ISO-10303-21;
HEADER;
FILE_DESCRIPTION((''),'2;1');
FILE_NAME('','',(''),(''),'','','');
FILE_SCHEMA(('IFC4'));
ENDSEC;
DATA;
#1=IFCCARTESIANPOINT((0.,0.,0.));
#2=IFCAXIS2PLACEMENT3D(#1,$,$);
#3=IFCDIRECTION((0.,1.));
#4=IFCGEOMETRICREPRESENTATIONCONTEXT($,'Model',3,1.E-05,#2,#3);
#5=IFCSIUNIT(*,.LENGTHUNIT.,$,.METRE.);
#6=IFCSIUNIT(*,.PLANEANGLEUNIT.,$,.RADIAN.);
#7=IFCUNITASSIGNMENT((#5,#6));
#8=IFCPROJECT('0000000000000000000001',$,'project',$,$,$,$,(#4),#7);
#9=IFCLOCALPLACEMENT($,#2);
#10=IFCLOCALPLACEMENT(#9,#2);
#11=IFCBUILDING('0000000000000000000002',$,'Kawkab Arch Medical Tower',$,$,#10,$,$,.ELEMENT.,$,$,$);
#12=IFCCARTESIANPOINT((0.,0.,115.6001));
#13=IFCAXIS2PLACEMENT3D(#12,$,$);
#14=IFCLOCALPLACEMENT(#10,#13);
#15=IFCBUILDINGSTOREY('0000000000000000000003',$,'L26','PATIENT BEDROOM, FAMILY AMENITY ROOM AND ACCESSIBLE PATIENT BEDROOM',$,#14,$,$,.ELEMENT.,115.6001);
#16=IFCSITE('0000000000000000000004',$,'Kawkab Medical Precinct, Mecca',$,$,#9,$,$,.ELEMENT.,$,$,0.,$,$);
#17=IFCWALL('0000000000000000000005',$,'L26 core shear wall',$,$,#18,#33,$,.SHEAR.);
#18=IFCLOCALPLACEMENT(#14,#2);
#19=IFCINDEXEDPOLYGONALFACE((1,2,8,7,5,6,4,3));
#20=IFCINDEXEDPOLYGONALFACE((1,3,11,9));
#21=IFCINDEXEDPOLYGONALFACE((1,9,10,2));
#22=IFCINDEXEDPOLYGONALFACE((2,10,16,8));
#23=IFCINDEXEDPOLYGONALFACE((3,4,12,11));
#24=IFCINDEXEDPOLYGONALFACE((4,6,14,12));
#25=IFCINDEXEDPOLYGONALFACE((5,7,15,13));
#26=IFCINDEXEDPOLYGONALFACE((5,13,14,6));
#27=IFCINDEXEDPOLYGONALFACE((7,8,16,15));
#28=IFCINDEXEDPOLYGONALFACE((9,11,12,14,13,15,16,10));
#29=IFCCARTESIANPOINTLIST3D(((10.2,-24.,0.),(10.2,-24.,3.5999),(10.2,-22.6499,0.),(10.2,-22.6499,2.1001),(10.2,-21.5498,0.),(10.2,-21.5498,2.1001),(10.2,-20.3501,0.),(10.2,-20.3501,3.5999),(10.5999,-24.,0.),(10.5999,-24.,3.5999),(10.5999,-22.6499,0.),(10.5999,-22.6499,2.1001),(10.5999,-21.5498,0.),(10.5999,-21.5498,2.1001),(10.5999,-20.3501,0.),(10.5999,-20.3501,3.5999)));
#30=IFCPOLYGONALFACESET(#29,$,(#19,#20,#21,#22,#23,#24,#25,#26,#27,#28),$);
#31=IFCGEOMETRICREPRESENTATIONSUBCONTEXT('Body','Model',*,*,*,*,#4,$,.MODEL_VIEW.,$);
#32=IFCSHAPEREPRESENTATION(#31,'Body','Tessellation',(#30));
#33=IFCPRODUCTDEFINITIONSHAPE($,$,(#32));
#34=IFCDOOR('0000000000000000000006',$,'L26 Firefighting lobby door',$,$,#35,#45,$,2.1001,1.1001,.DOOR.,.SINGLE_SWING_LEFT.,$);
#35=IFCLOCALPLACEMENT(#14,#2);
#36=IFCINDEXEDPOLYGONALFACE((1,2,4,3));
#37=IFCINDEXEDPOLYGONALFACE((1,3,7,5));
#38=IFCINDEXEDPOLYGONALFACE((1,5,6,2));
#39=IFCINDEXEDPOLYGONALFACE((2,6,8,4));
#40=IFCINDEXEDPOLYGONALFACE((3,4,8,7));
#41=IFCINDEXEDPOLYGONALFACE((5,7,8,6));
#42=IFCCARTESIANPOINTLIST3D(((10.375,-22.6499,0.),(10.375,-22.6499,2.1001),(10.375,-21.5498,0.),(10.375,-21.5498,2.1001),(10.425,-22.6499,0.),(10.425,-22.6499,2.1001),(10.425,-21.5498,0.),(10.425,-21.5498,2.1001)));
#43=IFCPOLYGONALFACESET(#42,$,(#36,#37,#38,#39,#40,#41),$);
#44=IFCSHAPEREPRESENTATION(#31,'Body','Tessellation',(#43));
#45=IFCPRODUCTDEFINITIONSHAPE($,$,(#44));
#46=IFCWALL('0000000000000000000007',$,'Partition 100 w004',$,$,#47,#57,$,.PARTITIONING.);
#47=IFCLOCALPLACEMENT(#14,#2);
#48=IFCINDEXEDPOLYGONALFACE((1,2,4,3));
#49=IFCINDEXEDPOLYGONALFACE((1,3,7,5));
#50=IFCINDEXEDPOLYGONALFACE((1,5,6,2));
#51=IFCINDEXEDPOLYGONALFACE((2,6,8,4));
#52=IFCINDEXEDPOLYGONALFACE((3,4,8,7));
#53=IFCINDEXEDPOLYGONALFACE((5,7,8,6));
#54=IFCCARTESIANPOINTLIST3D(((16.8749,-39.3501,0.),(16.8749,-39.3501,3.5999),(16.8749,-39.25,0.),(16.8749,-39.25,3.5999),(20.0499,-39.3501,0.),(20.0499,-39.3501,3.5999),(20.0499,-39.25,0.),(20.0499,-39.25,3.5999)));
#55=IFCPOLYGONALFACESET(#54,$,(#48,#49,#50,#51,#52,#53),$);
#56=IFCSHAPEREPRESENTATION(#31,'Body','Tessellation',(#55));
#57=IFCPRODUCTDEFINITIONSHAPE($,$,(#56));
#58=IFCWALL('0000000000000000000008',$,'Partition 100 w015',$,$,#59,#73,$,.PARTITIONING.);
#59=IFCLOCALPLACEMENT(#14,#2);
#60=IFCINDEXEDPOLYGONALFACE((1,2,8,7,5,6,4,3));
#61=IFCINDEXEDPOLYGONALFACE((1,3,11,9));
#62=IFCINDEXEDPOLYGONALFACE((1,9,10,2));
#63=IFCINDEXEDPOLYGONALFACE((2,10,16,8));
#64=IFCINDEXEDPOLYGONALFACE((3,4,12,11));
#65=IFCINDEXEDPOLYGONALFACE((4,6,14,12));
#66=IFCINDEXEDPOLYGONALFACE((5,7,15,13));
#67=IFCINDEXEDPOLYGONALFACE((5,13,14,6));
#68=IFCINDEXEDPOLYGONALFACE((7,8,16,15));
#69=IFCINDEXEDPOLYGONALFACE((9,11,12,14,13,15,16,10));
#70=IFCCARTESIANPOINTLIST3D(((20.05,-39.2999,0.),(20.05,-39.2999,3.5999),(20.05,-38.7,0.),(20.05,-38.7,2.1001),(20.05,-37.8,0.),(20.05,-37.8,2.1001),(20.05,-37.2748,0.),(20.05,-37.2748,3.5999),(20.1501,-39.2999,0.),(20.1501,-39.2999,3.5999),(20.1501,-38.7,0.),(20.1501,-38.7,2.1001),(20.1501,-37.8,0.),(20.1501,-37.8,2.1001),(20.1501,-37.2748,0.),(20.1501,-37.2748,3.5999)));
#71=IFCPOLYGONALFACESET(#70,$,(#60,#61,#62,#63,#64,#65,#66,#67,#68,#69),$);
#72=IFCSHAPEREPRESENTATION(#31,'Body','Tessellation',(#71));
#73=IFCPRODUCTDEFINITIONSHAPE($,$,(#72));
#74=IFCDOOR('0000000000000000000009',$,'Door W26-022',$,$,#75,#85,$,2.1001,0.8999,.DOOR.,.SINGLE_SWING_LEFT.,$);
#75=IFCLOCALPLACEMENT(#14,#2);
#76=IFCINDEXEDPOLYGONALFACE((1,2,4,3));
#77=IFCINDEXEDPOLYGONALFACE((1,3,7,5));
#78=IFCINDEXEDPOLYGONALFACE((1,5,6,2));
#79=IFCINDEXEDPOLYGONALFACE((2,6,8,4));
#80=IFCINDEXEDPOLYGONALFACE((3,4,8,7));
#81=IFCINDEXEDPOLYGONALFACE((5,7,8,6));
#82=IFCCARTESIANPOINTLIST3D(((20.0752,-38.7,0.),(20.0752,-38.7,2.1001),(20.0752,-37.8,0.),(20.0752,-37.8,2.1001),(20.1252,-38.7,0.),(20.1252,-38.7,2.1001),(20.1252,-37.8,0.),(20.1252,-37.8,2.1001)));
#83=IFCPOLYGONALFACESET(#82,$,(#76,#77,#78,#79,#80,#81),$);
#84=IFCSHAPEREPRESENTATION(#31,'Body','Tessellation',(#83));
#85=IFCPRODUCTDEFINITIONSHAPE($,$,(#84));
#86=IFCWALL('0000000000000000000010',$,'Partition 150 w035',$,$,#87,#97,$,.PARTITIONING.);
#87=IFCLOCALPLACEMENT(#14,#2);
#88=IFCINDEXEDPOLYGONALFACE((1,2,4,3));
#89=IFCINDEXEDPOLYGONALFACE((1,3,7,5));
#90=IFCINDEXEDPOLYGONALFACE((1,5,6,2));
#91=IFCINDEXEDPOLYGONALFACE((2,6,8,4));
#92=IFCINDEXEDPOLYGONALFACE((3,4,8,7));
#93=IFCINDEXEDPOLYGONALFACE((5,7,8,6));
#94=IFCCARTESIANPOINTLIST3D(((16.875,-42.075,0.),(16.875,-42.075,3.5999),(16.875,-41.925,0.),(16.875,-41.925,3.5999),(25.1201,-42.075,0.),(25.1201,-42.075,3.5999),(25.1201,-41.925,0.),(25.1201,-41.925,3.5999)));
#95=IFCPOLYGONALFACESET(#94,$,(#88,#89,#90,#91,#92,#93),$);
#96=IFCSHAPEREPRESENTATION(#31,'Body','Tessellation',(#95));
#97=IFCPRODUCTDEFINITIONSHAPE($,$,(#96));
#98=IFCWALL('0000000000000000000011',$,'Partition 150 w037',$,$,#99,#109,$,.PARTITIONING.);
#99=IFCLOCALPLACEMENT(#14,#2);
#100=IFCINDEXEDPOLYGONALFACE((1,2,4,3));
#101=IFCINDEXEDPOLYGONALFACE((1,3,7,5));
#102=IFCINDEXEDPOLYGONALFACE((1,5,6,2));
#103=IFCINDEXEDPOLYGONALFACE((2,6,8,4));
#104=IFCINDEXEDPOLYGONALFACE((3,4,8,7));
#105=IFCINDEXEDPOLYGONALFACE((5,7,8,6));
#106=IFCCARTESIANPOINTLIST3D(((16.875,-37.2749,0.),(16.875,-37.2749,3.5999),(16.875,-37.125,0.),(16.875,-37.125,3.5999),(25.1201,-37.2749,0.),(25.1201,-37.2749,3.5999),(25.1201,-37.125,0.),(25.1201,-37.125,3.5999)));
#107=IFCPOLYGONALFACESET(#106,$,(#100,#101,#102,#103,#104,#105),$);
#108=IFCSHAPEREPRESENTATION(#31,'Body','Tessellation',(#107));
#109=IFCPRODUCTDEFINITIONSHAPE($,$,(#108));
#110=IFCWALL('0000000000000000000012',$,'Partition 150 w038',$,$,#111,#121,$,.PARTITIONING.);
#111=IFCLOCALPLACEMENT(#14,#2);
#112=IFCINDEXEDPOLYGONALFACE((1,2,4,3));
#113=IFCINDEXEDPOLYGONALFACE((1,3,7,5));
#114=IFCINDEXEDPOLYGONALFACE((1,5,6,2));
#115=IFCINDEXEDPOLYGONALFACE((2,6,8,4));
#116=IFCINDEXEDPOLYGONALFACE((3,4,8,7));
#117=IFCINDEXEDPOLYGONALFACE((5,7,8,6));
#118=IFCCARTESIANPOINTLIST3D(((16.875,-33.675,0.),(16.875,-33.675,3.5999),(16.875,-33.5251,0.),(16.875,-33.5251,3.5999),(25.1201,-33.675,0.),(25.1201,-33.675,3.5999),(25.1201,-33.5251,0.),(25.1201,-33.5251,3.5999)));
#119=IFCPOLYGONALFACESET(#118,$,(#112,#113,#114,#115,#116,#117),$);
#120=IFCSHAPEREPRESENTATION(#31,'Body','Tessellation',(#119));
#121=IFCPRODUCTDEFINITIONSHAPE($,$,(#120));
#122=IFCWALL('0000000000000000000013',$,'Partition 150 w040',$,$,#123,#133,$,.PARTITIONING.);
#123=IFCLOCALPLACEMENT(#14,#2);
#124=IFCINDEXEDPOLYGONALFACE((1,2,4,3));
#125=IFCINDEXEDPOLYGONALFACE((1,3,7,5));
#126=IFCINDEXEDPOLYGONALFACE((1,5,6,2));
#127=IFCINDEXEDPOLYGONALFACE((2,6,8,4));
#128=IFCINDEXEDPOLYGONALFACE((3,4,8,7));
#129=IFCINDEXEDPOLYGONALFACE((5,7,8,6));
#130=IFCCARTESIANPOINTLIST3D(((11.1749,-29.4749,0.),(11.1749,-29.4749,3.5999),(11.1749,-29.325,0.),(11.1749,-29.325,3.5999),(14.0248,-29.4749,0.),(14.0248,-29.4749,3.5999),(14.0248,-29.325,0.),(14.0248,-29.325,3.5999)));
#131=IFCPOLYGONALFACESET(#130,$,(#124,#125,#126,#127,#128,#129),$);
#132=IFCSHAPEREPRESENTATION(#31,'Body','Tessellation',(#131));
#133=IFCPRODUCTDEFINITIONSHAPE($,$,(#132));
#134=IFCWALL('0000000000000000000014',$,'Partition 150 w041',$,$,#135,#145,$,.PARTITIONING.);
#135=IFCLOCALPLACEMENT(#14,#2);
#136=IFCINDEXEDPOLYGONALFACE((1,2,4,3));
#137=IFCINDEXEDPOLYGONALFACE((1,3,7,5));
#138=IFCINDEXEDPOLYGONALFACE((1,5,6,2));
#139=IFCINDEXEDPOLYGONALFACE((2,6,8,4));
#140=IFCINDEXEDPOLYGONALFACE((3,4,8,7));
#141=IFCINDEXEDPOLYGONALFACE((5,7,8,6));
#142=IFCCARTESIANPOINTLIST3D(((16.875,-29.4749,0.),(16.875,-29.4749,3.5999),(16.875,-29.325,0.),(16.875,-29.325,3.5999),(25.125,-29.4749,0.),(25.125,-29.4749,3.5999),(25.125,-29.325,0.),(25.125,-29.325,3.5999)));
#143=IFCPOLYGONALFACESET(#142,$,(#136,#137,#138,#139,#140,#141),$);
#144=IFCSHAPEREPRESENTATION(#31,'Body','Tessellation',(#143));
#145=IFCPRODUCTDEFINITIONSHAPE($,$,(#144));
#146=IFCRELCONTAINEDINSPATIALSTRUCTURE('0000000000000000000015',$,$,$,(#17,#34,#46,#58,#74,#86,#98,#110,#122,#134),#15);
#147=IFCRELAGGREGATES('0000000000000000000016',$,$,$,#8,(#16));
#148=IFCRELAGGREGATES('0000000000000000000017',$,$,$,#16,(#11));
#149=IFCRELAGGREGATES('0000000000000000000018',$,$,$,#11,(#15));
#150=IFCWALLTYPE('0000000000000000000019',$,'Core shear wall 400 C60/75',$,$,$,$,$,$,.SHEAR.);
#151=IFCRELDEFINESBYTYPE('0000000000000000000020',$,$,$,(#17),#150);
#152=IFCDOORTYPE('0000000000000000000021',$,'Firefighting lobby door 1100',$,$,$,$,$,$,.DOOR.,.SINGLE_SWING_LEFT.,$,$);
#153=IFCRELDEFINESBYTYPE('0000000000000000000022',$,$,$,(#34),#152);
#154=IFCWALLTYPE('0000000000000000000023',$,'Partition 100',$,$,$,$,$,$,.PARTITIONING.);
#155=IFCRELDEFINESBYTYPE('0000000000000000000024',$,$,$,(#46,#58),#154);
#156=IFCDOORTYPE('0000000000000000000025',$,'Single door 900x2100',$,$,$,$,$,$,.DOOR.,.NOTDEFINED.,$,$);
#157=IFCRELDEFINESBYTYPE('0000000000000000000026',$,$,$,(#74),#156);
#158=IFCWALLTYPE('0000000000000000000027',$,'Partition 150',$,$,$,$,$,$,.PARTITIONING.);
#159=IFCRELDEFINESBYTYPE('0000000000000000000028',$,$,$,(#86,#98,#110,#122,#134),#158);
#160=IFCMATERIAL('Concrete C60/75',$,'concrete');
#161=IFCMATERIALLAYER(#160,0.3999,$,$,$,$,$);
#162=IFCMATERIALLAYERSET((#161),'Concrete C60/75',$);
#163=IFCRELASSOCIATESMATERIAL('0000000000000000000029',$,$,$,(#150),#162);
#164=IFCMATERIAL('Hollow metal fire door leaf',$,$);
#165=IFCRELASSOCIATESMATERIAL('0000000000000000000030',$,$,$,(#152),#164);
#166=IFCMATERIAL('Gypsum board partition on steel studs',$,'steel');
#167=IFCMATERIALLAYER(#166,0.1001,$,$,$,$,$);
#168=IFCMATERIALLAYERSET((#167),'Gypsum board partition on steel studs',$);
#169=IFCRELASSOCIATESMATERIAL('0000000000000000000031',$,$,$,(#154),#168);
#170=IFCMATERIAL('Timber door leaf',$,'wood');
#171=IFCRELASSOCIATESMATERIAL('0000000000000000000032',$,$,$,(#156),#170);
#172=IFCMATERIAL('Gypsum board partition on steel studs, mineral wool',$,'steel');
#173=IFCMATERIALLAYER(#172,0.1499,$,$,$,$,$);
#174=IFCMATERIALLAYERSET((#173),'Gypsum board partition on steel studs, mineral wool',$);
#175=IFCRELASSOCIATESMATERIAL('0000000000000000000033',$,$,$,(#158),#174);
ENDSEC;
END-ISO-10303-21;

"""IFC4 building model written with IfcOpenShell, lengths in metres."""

from ifc_helpers import new_model, si_unit, direction, frame, frame_2d, origin, place, context, subcontext, project, spatial, rectangle, extrude, material, layer, layer_set, type_object, element, fill, save


model = new_model("IFC4")

# Units and contexts
model_context = context("Model", 3, precision=1e-05, world=origin(), true_north=direction((0.0, 1.0)))
body_context = subcontext(model_context, "Body", "Model", "MODEL_VIEW")
ifc_project = project(units=[si_unit("LENGTHUNIT", "METRE"), si_unit("PLANEANGLEUNIT", "RADIAN")], contexts=[model_context])

# Site, building, storey
site_placement = place(None, origin())
site = spatial("IfcSite", under=ifc_project, at=site_placement, Name="Kawkab Medical Precinct, Mecca", CompositionType="ELEMENT", RefElevation=0.0)
building_placement = place(site_placement, origin())
building = spatial("IfcBuilding", under=site, at=building_placement, Name="Kawkab Arch Medical Tower", CompositionType="ELEMENT")
storey_placement = place(building_placement, frame((0.0, 0.0, 115.6001)))
storey = spatial("IfcBuildingStorey", under=building, at=storey_placement, Name="L26", Description="PATIENT BEDROOM, FAMILY AMENITY ROOM AND ACCESSIBLE PATIENT BEDROOM", CompositionType="ELEMENT", Elevation=115.6001)

# Wall, opening, door
ifc_material_1 = material(Name="Concrete C60/75", Category="concrete")
ifc_layer_1 = layer(ifc_material_1, 0.3999)
ifc_layer_set_1 = layer_set([ifc_layer_1], Name="Concrete C60/75")
wall_type_1 = type_object("IfcWallType", Name="Core shear wall 400 C60/75", PredefinedType="SHEAR", material=ifc_layer_set_1)
wall_1_placement = place(storey_placement, frame((10.3999, -24.0, 0.0), z_axis=(0.0, 0.0, 1.0), x_axis=(0.0, 1.0, 0.0)))
wall_1 = element("IfcWall", 1, at=wall_1_placement, inside=storey, type_object=wall_type_1, Name="L26 core shear wall", PredefinedType="SHEAR", context=body_context, shape_type="SweptSolid", body=[
    extrude(rectangle(XDim=3.6499, YDim=0.3999, at=frame_2d((1.825, 0.0))), origin(), (0.0, 0.0, 1.0), 3.5999),
])
opening_1_placement = place(wall_1_placement, frame((1.3501, 0.0, 0.0)))
opening_1 = element("IfcOpeningElement", 2, at=opening_1_placement, cuts=wall_1, PredefinedType="OPENING", context=body_context, shape_type="SweptSolid", body=[
    extrude(rectangle(XDim=1.1001, YDim=2.1001, at=frame_2d((0.55, 1.05))), frame((0.0, 0.21, 0.0), z_axis=(0.0, -1.0, 0.0), x_axis=(1.0, 0.0, 0.0)), (0.0, 0.0, 1.0), 0.4199),
])
ifc_material_2 = material(Name="Hollow metal fire door leaf")
door_type_1 = type_object("IfcDoorType", Name="Firefighting lobby door 1100", OperationType="SINGLE_SWING_LEFT", PredefinedType="DOOR", material=ifc_material_2)
door_1_placement = place(opening_1_placement, origin())
door_1 = element("IfcDoor", 3, at=door_1_placement, inside=storey, type_object=door_type_1, Name="L26 Firefighting lobby door", OperationType="SINGLE_SWING_LEFT", OverallHeight=2.1001, OverallWidth=1.1001, PredefinedType="DOOR", context=body_context, shape_type="SweptSolid", body=[
    extrude(rectangle(XDim=1.1001, YDim=2.1001, at=frame_2d((0.55, 1.05))), frame((0.0, 0.0249, 0.0), z_axis=(0.0, -1.0, 0.0), x_axis=(1.0, 0.0, 0.0)), (0.0, 0.0, 1.0), 0.05),
])
fill(opening_1, door_1)

# Wall
ifc_material_3 = material(Name="Gypsum board partition on steel studs", Category="steel")
ifc_layer_2 = layer(ifc_material_3, 0.1001)
ifc_layer_set_2 = layer_set([ifc_layer_2], Name="Gypsum board partition on steel studs")
wall_type_2 = type_object("IfcWallType", Name="Partition 100", PredefinedType="PARTITIONING", material=ifc_layer_set_2)
wall_2_placement = place(storey_placement, frame((16.875, -39.3, 0.0), z_axis=(0.0, 0.0, 1.0), x_axis=(1.0, 0.0, 0.0)))
element("IfcWall", 4, at=wall_2_placement, inside=storey, type_object=wall_type_2, Name="Partition 100 w004", PredefinedType="PARTITIONING", context=body_context, shape_type="SweptSolid", body=[
    extrude(rectangle(XDim=3.175, YDim=0.1001, at=frame_2d((1.5874, 0.0))), origin(), (0.0, 0.0, 1.0), 3.5999),
])

# Wall, opening, door
wall_3_placement = place(storey_placement, frame((20.1001, -39.3, 0.0), z_axis=(0.0, 0.0, 1.0), x_axis=(0.0, 1.0, 0.0)))
wall_3 = element("IfcWall", 5, at=wall_3_placement, inside=storey, type_object=wall_type_2, Name="Partition 100 w015", PredefinedType="PARTITIONING", context=body_context, shape_type="SweptSolid", body=[
    extrude(rectangle(XDim=2.0251, YDim=0.1001, at=frame_2d((1.0127, 0.0))), origin(), (0.0, 0.0, 1.0), 3.5999),
])
opening_2_placement = place(wall_3_placement, frame((0.6001, 0.0, 0.0)))
opening_2 = element("IfcOpeningElement", 6, at=opening_2_placement, cuts=wall_3, PredefinedType="OPENING", context=body_context, shape_type="SweptSolid", body=[
    extrude(rectangle(XDim=0.8999, YDim=2.1001, at=frame_2d((0.45, 1.05))), frame((0.0, 0.0601, 0.0), z_axis=(0.0, -1.0, 0.0), x_axis=(1.0, 0.0, 0.0)), (0.0, 0.0, 1.0), 0.1201),
])
ifc_material_4 = material(Name="Timber door leaf", Category="wood")
door_type_2 = type_object("IfcDoorType", Name="Single door 900x2100", OperationType="NOTDEFINED", PredefinedType="DOOR", material=ifc_material_4)
door_2_placement = place(opening_2_placement, origin())
door_2 = element("IfcDoor", 7, at=door_2_placement, inside=storey, type_object=door_type_2, Name="Door W26-022", OperationType="SINGLE_SWING_LEFT", OverallHeight=2.1001, OverallWidth=0.8999, PredefinedType="DOOR", context=body_context, shape_type="SweptSolid", body=[
    extrude(rectangle(XDim=0.8999, YDim=2.1001, at=frame_2d((0.45, 1.05))), frame((0.0, 0.0249, 0.0), z_axis=(0.0, -1.0, 0.0), x_axis=(1.0, 0.0, 0.0)), (0.0, 0.0, 1.0), 0.05),
])
fill(opening_2, door_2)

# Walls
ifc_material_5 = material(Name="Gypsum board partition on steel studs, mineral wool", Category="steel")
ifc_layer_3 = layer(ifc_material_5, 0.1499)
ifc_layer_set_3 = layer_set([ifc_layer_3], Name="Gypsum board partition on steel studs, mineral wool")
wall_type_3 = type_object("IfcWallType", Name="Partition 150", PredefinedType="PARTITIONING", material=ifc_layer_set_3)
for number, where, z_axis, x_axis, name in (
    (8, (16.875, -42.0, 0.0), (0.0, 0.0, 1.0), (1.0, 0.0, 0.0), "Partition 150 w035"),
    (9, (16.875, -37.2, 0.0), (0.0, 0.0, 1.0), (1.0, 0.0, 0.0), "Partition 150 w037"),
    (10, (16.875, -33.6001, 0.0), (0.0, 0.0, 1.0), (1.0, 0.0, 0.0), "Partition 150 w038"),
):
    element("IfcWall", number, at=place(storey_placement, frame(where, z_axis=z_axis, x_axis=x_axis)), inside=storey, type_object=wall_type_3, Name=name, PredefinedType="PARTITIONING", context=body_context, shape_type="SweptSolid", body=[
        extrude(rectangle(XDim=8.2451, YDim=0.1499, at=frame_2d((4.1226, 0.0))), origin(), (0.0, 0.0, 1.0), 3.5999),
    ])
wall_4_placement = place(storey_placement, frame((11.175, -29.3999, 0.0), z_axis=(0.0, 0.0, 1.0), x_axis=(1.0, 0.0, 0.0)))
element("IfcWall", 11, at=wall_4_placement, inside=storey, type_object=wall_type_3, Name="Partition 150 w040", PredefinedType="PARTITIONING", context=body_context, shape_type="SweptSolid", body=[
    extrude(rectangle(XDim=2.8499, YDim=0.1499, at=frame_2d((1.4248, 0.0))), origin(), (0.0, 0.0, 1.0), 3.5999),
])
wall_5_placement = place(storey_placement, frame((16.875, -29.3999, 0.0), z_axis=(0.0, 0.0, 1.0), x_axis=(1.0, 0.0, 0.0)))
element("IfcWall", 12, at=wall_5_placement, inside=storey, type_object=wall_type_3, Name="Partition 150 w041", PredefinedType="PARTITIONING", context=body_context, shape_type="SweptSolid", body=[
    extrude(rectangle(XDim=8.25, YDim=0.1499, at=frame_2d((4.125, 0.0))), origin(), (0.0, 0.0, 1.0), 3.5999),
])

save(model, "model.ifc")
